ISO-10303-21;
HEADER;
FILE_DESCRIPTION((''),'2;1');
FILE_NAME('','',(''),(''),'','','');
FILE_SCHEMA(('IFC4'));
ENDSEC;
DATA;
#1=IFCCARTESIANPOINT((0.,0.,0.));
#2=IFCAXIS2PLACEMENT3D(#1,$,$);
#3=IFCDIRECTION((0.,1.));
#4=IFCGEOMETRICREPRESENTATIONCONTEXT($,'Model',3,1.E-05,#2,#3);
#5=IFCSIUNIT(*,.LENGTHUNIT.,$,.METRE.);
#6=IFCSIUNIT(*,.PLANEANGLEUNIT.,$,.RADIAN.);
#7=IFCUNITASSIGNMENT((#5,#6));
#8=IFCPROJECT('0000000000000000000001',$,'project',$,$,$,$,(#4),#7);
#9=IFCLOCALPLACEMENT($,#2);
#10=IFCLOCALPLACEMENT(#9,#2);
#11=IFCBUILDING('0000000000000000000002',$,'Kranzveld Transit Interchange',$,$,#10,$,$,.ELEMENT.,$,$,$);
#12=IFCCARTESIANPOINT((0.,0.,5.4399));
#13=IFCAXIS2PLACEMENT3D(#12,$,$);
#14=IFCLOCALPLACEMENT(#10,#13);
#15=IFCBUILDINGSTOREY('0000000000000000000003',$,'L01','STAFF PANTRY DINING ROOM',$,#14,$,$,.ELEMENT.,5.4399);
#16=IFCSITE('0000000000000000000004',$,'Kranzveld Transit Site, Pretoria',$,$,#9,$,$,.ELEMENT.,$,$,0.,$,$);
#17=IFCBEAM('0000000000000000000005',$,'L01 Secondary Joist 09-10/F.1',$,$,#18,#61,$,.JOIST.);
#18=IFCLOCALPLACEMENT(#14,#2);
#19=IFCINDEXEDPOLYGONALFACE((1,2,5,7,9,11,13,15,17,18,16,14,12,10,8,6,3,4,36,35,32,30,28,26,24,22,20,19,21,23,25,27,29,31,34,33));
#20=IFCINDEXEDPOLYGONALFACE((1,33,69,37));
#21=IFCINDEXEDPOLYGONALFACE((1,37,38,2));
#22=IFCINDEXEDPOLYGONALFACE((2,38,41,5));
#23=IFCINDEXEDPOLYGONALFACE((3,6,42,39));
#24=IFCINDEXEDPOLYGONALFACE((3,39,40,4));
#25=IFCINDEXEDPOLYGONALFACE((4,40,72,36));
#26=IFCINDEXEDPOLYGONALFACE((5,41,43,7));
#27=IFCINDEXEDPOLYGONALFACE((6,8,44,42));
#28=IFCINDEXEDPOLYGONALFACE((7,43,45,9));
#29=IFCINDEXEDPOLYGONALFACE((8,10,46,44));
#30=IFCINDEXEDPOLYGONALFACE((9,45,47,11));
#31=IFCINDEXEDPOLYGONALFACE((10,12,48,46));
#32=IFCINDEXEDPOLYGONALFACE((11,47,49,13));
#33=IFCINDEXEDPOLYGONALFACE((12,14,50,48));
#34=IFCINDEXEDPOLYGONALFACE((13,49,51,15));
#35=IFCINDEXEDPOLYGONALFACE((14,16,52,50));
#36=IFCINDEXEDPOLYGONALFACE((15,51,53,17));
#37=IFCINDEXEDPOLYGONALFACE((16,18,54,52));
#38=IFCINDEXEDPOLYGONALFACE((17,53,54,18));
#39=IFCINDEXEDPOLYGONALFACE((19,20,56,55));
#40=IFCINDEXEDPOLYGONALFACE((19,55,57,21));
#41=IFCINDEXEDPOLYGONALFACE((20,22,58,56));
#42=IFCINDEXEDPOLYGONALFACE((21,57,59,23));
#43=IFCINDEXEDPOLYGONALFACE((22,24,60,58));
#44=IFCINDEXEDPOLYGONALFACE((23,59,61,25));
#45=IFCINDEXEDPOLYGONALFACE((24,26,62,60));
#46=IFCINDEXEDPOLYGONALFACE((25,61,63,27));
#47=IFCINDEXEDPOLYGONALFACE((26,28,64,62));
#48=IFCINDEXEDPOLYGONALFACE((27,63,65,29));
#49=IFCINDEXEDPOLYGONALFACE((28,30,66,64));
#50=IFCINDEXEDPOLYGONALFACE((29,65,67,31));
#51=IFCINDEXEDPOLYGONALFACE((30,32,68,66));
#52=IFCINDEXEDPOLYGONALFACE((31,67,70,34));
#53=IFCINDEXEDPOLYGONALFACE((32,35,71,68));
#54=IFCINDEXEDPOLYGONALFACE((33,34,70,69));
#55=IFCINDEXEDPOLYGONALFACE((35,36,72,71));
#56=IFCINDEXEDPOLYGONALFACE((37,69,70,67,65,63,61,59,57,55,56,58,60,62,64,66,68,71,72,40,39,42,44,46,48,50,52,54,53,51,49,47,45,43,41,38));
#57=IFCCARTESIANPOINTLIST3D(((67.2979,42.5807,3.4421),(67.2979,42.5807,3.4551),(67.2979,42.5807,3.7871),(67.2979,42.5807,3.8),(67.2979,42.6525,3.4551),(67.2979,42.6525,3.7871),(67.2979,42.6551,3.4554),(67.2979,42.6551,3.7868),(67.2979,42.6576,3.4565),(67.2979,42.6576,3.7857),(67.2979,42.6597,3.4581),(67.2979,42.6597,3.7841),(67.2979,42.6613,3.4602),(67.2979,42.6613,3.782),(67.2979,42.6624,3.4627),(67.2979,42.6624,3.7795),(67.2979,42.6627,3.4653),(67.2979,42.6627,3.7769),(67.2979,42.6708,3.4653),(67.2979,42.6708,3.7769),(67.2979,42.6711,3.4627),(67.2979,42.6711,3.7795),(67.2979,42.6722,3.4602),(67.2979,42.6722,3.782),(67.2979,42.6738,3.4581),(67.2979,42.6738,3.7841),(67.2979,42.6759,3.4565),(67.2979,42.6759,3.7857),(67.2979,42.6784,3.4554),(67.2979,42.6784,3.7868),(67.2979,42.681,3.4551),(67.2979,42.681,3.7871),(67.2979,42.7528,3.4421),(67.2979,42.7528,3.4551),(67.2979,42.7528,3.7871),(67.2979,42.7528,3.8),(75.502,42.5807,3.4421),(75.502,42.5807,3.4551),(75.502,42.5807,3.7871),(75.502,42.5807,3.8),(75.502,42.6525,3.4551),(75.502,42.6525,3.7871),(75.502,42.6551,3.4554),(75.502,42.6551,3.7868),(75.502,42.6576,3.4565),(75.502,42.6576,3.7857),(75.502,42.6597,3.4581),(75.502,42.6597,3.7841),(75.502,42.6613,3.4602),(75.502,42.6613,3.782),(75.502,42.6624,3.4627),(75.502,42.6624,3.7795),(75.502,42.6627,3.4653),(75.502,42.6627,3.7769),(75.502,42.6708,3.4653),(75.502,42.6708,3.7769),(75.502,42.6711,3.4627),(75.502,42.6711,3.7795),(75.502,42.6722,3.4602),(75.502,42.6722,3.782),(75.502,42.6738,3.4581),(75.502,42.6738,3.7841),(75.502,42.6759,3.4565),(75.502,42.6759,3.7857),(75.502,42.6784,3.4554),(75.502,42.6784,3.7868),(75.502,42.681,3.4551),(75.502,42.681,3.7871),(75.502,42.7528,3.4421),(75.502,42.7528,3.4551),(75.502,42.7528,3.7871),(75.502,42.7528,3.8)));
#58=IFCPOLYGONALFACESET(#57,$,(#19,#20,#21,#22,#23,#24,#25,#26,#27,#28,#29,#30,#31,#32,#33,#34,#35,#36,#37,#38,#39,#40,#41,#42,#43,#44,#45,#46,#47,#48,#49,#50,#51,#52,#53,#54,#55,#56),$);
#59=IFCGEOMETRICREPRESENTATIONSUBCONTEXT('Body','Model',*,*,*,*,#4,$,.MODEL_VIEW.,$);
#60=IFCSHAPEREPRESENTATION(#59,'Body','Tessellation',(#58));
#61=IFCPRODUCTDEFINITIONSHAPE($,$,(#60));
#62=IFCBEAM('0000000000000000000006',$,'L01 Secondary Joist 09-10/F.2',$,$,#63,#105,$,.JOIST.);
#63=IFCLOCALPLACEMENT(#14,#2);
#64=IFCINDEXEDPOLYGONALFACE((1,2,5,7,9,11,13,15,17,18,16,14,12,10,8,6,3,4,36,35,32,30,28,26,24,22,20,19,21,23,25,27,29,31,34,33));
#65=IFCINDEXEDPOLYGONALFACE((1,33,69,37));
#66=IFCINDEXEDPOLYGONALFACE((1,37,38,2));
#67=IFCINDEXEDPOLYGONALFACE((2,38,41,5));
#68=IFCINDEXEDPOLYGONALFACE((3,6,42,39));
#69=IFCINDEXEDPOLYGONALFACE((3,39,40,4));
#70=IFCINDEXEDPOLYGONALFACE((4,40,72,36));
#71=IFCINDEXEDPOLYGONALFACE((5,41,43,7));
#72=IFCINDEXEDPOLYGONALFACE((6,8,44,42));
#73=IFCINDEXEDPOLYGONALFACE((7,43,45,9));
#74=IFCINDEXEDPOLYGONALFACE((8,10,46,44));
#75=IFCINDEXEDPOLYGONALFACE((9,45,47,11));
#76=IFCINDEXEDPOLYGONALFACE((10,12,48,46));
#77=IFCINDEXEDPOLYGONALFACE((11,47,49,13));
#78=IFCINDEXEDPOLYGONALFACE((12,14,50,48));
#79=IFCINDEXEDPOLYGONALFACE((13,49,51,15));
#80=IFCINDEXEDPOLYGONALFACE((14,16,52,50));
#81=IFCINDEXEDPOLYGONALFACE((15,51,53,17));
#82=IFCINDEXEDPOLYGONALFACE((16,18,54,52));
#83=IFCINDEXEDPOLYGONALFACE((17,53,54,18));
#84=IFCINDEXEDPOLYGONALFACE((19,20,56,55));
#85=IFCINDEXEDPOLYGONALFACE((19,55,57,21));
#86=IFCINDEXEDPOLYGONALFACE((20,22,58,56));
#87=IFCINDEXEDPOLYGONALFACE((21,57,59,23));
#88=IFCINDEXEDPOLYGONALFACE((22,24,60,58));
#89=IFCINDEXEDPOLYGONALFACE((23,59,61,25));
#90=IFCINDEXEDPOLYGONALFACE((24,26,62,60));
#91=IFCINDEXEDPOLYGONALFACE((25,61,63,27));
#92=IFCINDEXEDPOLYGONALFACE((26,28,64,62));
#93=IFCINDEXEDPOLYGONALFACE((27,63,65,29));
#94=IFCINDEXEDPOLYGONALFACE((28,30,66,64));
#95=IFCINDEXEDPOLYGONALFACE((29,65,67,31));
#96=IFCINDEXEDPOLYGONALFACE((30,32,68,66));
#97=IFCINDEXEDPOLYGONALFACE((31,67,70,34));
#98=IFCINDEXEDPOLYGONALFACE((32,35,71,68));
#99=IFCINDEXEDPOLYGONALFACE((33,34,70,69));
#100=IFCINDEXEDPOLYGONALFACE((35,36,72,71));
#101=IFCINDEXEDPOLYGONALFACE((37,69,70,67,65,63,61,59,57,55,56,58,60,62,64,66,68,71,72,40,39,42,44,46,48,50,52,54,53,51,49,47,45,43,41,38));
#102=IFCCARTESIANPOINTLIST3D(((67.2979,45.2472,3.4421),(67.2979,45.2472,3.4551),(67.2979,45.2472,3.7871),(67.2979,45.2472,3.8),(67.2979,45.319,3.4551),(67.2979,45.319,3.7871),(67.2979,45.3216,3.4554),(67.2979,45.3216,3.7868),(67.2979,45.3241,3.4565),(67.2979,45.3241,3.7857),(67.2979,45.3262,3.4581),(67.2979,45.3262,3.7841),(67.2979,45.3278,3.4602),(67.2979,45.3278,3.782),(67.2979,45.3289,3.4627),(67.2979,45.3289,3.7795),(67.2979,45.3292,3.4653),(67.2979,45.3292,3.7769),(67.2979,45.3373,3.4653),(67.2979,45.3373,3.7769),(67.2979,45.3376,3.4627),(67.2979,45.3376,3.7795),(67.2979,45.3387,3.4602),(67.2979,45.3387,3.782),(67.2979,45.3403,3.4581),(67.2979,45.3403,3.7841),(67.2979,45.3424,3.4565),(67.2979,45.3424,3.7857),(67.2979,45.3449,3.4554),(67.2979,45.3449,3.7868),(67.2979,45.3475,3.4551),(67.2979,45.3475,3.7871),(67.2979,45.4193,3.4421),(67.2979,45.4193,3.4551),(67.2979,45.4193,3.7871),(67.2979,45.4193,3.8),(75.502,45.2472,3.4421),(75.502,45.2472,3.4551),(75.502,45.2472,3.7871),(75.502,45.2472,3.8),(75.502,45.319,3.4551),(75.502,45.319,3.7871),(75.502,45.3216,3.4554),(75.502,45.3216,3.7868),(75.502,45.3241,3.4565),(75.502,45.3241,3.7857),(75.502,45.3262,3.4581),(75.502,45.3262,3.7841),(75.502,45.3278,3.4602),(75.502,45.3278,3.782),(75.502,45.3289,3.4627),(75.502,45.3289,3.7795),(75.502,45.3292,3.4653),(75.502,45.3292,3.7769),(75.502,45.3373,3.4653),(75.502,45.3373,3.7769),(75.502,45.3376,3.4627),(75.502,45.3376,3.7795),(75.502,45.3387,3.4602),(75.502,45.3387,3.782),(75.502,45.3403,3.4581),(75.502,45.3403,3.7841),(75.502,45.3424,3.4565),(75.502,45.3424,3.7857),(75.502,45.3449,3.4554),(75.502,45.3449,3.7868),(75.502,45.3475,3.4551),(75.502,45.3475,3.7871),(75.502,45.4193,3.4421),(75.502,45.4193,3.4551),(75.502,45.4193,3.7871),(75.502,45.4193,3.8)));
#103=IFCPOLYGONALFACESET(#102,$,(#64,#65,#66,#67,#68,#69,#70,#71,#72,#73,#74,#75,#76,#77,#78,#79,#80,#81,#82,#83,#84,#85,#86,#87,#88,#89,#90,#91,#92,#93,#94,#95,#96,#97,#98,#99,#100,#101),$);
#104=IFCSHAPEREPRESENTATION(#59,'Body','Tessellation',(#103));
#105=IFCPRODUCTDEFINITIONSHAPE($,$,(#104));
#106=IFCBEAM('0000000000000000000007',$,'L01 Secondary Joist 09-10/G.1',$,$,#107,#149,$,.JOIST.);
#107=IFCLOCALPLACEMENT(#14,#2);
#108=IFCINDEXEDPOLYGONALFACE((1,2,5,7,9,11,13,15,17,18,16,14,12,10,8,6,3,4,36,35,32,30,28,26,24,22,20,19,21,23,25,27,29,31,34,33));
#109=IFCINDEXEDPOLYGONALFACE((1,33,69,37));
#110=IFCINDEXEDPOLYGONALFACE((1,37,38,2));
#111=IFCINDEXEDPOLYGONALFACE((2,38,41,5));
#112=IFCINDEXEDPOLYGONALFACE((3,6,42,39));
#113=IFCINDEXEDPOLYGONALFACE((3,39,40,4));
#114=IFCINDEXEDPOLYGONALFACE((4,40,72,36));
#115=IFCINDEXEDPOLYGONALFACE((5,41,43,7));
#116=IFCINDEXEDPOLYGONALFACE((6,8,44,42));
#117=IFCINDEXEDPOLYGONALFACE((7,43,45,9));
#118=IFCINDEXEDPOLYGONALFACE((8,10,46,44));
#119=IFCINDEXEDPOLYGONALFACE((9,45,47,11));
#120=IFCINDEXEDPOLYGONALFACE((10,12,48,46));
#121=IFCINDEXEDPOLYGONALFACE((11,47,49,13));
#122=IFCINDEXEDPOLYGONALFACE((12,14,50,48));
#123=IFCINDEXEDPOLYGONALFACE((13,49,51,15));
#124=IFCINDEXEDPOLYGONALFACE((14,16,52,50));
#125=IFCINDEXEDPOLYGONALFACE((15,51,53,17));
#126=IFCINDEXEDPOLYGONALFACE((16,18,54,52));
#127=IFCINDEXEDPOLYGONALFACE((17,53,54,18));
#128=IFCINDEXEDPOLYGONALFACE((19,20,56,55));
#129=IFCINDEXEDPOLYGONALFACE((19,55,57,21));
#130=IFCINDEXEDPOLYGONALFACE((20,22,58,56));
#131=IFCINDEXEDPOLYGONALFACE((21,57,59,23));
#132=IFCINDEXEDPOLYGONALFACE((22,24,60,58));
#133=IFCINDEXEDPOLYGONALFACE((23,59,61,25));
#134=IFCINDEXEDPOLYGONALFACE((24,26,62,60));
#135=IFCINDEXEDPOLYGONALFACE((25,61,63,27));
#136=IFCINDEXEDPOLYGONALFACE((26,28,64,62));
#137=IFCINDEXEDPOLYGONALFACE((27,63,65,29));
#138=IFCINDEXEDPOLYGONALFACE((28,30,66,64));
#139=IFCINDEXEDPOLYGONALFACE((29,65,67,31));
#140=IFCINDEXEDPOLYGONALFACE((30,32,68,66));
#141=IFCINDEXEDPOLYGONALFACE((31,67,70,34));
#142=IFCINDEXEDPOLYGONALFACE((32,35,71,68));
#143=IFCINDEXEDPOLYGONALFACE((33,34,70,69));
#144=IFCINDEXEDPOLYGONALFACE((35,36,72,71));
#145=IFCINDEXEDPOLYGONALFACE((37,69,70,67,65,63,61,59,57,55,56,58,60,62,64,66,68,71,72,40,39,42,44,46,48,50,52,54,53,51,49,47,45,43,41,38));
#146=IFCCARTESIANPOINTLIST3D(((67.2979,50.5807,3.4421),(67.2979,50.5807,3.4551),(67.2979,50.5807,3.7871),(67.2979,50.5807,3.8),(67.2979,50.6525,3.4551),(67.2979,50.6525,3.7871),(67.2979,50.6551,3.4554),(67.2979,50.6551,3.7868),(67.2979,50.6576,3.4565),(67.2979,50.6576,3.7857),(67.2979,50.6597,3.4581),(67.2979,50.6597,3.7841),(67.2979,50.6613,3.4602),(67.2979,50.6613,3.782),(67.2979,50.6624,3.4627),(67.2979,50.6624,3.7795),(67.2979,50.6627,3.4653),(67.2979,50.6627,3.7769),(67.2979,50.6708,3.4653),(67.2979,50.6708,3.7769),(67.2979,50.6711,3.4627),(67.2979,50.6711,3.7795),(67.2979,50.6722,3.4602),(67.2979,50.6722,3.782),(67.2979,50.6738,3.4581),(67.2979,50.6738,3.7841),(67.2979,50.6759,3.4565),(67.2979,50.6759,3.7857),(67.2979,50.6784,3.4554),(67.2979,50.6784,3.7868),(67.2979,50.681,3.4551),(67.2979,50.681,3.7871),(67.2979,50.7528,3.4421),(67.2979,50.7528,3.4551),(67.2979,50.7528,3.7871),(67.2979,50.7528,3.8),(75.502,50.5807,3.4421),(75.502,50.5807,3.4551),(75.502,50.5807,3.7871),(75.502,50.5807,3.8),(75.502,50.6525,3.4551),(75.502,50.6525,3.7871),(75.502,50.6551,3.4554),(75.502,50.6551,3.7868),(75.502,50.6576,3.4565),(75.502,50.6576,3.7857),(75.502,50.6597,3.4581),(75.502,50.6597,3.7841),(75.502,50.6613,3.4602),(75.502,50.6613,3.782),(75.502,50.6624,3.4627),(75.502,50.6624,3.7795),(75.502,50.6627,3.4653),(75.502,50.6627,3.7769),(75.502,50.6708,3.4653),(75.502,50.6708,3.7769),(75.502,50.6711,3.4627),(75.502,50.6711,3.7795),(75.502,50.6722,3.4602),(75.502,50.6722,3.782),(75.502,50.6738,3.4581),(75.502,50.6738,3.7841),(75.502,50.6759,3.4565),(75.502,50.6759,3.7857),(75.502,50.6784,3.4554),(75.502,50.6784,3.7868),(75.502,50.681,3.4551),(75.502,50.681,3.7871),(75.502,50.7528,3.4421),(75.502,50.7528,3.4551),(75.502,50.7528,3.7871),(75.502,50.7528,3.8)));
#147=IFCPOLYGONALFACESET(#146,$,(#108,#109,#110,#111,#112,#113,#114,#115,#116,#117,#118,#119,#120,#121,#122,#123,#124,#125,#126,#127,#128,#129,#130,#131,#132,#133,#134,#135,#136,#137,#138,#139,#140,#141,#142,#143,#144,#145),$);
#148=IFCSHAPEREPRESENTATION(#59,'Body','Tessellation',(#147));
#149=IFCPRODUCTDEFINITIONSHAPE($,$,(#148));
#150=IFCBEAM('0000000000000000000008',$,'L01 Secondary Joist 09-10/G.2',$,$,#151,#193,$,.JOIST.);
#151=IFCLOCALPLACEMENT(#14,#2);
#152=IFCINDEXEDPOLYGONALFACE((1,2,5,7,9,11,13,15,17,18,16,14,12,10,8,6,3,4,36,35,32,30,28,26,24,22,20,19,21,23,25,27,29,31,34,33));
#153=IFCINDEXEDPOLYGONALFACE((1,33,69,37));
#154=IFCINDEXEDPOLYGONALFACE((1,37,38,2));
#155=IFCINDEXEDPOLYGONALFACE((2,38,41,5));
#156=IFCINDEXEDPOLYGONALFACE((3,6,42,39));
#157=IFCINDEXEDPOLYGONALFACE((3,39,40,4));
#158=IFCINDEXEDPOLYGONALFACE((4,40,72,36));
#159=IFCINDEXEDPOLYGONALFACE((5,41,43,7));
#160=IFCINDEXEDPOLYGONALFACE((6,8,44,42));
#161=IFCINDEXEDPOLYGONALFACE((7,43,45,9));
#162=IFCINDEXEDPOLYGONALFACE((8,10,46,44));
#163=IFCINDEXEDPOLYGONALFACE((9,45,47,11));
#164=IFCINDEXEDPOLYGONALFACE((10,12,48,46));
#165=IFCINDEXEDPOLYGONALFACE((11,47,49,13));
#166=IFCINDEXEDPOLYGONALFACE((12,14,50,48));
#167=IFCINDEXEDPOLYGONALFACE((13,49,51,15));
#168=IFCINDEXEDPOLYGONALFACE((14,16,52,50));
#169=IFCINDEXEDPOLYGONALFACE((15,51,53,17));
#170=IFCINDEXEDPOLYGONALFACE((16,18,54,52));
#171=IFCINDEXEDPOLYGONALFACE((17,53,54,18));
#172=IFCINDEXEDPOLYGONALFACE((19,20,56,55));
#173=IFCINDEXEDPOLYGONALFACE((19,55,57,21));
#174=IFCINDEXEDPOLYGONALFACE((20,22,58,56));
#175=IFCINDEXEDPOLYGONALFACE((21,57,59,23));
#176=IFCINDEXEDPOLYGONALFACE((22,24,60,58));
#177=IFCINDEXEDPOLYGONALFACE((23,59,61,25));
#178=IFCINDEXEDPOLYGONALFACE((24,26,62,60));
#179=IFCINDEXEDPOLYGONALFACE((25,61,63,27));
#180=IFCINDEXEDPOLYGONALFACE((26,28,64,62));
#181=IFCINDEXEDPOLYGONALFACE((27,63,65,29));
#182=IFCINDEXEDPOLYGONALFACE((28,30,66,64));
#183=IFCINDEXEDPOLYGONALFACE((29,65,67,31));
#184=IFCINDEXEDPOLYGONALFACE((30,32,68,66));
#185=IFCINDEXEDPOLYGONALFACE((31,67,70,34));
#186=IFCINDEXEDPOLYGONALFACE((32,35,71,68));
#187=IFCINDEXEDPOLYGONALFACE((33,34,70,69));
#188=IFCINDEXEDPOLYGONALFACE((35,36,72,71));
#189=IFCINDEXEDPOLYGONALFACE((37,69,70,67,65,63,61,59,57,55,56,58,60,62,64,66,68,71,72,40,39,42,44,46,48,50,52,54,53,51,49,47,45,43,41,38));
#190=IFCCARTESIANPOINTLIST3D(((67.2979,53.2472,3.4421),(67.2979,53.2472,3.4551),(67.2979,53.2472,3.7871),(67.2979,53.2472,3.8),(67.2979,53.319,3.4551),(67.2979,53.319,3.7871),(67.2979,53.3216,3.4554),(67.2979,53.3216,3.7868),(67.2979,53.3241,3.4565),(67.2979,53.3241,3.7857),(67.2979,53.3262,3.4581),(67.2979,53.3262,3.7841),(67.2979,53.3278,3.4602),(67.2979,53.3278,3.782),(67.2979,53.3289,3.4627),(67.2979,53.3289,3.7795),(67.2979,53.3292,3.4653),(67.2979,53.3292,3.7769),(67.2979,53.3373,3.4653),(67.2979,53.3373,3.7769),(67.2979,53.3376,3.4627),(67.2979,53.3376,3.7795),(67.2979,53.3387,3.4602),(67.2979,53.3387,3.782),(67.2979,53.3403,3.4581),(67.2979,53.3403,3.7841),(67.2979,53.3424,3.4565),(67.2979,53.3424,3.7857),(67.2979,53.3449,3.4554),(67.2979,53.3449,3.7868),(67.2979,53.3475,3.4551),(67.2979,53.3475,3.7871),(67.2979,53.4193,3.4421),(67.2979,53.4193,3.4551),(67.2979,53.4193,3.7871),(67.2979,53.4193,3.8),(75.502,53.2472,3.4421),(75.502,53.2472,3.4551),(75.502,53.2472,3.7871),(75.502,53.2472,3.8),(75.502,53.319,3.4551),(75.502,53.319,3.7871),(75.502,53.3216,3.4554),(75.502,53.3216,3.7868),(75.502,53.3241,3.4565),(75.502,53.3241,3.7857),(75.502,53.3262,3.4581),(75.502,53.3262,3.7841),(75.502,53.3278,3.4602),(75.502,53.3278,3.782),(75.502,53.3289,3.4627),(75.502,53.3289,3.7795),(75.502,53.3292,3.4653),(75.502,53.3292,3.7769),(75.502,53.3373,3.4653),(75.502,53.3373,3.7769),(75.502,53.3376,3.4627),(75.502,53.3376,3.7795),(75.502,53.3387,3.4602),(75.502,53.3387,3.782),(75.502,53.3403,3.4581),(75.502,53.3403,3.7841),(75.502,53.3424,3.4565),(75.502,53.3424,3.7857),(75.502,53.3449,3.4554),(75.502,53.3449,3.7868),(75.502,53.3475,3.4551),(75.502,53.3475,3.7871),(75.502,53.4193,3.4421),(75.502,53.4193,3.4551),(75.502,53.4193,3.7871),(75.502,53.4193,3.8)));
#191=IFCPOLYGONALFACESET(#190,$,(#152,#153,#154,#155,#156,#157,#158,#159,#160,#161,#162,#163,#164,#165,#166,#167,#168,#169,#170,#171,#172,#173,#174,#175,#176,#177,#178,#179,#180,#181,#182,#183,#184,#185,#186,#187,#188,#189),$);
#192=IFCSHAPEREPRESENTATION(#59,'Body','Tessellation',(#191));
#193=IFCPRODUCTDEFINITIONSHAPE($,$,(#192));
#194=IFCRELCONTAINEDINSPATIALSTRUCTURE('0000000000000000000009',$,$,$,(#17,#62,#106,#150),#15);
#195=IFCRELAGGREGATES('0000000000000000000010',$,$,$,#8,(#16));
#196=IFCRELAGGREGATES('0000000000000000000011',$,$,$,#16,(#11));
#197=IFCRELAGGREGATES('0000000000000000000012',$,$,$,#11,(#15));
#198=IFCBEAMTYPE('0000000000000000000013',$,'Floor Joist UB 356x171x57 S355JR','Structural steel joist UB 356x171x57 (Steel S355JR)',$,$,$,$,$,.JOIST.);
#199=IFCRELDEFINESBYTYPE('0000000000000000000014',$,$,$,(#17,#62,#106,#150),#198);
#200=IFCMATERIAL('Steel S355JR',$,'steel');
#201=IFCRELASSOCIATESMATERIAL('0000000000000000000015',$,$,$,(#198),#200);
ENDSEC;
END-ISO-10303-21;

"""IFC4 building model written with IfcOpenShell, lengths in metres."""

from ifc_helpers import new_model, si_unit, direction, frame, origin, origin_2d, place, context, subcontext, project, spatial, i_section, extrude, material, material_profile, profile_set, type_object, element, save


model = new_model("IFC4")

# Units and contexts
model_context = context("Model", 3, precision=1e-05, world=origin(), true_north=direction((0.0, 1.0)))
body_context = subcontext(model_context, "Body", "Model", "MODEL_VIEW")
ifc_project = project(units=[si_unit("LENGTHUNIT", "METRE"), si_unit("PLANEANGLEUNIT", "RADIAN")], contexts=[model_context])

# Site, building, storey
site_placement = place(None, origin())
site = spatial("IfcSite", under=ifc_project, at=site_placement, Name="Kranzveld Transit Site, Pretoria", CompositionType="ELEMENT", RefElevation=0.0)
building_placement = place(site_placement, origin())
building = spatial("IfcBuilding", under=site, at=building_placement, Name="Kranzveld Transit Interchange", CompositionType="ELEMENT")
storey_placement = place(building_placement, frame((0.0, 0.0, 5.4399)))
storey = spatial("IfcBuildingStorey", under=building, at=storey_placement, Name="L01", Description="STAFF PANTRY DINING ROOM", CompositionType="ELEMENT", Elevation=5.4399)

# Beams
ifc_material_1 = material(Name="Steel S355JR", Category="steel")
ifc_material_profile_1 = material_profile(ifc_material_1, i_section(OverallWidth=0.1721, OverallDepth=0.3579, WebThickness=0.0081, FlangeThickness=0.0129, FilletRadius=0.0103, at=origin_2d()), Name="UB 356x171x57")
ifc_profile_set_1 = profile_set([ifc_material_profile_1], Name="Steel S355JR")
beam_type_1 = type_object("IfcBeamType", Name="Floor Joist UB 356x171x57 S355JR", Description="Structural steel joist UB 356x171x57 (Steel S355JR)", PredefinedType="JOIST", material=ifc_profile_set_1)
for number, where, z_axis, x_axis, name in (
    (1, (67.2979, 42.6667, 3.6211), (1.0, 0.0, 0.0), (0.0, 1.0, 0.0), "L01 Secondary Joist 09-10/F.1"),
    (2, (67.2979, 45.3333, 3.6211), (1.0, 0.0, 0.0), (0.0, 1.0, 0.0), "L01 Secondary Joist 09-10/F.2"),
    (3, (67.2979, 50.6667, 3.6211), (1.0, 0.0, 0.0), (0.0, 1.0, 0.0), "L01 Secondary Joist 09-10/G.1"),
    (4, (67.2979, 53.3333, 3.6211), (1.0, 0.0, 0.0), (0.0, 1.0, 0.0), "L01 Secondary Joist 09-10/G.2"),
):
    element("IfcBeam", number, at=place(storey_placement, frame(where, z_axis=z_axis, x_axis=x_axis)), inside=storey, type_object=beam_type_1, Name=name, PredefinedType="JOIST", context=body_context, shape_type="SweptSolid", body=[
        extrude(i_section(OverallWidth=0.1721, OverallDepth=0.3579, WebThickness=0.0081, FlangeThickness=0.0129, FilletRadius=0.0103, at=origin_2d()), origin(), (0.0, 0.0, 1.0), 8.2041),
    ])

save(model, "model.ifc")
